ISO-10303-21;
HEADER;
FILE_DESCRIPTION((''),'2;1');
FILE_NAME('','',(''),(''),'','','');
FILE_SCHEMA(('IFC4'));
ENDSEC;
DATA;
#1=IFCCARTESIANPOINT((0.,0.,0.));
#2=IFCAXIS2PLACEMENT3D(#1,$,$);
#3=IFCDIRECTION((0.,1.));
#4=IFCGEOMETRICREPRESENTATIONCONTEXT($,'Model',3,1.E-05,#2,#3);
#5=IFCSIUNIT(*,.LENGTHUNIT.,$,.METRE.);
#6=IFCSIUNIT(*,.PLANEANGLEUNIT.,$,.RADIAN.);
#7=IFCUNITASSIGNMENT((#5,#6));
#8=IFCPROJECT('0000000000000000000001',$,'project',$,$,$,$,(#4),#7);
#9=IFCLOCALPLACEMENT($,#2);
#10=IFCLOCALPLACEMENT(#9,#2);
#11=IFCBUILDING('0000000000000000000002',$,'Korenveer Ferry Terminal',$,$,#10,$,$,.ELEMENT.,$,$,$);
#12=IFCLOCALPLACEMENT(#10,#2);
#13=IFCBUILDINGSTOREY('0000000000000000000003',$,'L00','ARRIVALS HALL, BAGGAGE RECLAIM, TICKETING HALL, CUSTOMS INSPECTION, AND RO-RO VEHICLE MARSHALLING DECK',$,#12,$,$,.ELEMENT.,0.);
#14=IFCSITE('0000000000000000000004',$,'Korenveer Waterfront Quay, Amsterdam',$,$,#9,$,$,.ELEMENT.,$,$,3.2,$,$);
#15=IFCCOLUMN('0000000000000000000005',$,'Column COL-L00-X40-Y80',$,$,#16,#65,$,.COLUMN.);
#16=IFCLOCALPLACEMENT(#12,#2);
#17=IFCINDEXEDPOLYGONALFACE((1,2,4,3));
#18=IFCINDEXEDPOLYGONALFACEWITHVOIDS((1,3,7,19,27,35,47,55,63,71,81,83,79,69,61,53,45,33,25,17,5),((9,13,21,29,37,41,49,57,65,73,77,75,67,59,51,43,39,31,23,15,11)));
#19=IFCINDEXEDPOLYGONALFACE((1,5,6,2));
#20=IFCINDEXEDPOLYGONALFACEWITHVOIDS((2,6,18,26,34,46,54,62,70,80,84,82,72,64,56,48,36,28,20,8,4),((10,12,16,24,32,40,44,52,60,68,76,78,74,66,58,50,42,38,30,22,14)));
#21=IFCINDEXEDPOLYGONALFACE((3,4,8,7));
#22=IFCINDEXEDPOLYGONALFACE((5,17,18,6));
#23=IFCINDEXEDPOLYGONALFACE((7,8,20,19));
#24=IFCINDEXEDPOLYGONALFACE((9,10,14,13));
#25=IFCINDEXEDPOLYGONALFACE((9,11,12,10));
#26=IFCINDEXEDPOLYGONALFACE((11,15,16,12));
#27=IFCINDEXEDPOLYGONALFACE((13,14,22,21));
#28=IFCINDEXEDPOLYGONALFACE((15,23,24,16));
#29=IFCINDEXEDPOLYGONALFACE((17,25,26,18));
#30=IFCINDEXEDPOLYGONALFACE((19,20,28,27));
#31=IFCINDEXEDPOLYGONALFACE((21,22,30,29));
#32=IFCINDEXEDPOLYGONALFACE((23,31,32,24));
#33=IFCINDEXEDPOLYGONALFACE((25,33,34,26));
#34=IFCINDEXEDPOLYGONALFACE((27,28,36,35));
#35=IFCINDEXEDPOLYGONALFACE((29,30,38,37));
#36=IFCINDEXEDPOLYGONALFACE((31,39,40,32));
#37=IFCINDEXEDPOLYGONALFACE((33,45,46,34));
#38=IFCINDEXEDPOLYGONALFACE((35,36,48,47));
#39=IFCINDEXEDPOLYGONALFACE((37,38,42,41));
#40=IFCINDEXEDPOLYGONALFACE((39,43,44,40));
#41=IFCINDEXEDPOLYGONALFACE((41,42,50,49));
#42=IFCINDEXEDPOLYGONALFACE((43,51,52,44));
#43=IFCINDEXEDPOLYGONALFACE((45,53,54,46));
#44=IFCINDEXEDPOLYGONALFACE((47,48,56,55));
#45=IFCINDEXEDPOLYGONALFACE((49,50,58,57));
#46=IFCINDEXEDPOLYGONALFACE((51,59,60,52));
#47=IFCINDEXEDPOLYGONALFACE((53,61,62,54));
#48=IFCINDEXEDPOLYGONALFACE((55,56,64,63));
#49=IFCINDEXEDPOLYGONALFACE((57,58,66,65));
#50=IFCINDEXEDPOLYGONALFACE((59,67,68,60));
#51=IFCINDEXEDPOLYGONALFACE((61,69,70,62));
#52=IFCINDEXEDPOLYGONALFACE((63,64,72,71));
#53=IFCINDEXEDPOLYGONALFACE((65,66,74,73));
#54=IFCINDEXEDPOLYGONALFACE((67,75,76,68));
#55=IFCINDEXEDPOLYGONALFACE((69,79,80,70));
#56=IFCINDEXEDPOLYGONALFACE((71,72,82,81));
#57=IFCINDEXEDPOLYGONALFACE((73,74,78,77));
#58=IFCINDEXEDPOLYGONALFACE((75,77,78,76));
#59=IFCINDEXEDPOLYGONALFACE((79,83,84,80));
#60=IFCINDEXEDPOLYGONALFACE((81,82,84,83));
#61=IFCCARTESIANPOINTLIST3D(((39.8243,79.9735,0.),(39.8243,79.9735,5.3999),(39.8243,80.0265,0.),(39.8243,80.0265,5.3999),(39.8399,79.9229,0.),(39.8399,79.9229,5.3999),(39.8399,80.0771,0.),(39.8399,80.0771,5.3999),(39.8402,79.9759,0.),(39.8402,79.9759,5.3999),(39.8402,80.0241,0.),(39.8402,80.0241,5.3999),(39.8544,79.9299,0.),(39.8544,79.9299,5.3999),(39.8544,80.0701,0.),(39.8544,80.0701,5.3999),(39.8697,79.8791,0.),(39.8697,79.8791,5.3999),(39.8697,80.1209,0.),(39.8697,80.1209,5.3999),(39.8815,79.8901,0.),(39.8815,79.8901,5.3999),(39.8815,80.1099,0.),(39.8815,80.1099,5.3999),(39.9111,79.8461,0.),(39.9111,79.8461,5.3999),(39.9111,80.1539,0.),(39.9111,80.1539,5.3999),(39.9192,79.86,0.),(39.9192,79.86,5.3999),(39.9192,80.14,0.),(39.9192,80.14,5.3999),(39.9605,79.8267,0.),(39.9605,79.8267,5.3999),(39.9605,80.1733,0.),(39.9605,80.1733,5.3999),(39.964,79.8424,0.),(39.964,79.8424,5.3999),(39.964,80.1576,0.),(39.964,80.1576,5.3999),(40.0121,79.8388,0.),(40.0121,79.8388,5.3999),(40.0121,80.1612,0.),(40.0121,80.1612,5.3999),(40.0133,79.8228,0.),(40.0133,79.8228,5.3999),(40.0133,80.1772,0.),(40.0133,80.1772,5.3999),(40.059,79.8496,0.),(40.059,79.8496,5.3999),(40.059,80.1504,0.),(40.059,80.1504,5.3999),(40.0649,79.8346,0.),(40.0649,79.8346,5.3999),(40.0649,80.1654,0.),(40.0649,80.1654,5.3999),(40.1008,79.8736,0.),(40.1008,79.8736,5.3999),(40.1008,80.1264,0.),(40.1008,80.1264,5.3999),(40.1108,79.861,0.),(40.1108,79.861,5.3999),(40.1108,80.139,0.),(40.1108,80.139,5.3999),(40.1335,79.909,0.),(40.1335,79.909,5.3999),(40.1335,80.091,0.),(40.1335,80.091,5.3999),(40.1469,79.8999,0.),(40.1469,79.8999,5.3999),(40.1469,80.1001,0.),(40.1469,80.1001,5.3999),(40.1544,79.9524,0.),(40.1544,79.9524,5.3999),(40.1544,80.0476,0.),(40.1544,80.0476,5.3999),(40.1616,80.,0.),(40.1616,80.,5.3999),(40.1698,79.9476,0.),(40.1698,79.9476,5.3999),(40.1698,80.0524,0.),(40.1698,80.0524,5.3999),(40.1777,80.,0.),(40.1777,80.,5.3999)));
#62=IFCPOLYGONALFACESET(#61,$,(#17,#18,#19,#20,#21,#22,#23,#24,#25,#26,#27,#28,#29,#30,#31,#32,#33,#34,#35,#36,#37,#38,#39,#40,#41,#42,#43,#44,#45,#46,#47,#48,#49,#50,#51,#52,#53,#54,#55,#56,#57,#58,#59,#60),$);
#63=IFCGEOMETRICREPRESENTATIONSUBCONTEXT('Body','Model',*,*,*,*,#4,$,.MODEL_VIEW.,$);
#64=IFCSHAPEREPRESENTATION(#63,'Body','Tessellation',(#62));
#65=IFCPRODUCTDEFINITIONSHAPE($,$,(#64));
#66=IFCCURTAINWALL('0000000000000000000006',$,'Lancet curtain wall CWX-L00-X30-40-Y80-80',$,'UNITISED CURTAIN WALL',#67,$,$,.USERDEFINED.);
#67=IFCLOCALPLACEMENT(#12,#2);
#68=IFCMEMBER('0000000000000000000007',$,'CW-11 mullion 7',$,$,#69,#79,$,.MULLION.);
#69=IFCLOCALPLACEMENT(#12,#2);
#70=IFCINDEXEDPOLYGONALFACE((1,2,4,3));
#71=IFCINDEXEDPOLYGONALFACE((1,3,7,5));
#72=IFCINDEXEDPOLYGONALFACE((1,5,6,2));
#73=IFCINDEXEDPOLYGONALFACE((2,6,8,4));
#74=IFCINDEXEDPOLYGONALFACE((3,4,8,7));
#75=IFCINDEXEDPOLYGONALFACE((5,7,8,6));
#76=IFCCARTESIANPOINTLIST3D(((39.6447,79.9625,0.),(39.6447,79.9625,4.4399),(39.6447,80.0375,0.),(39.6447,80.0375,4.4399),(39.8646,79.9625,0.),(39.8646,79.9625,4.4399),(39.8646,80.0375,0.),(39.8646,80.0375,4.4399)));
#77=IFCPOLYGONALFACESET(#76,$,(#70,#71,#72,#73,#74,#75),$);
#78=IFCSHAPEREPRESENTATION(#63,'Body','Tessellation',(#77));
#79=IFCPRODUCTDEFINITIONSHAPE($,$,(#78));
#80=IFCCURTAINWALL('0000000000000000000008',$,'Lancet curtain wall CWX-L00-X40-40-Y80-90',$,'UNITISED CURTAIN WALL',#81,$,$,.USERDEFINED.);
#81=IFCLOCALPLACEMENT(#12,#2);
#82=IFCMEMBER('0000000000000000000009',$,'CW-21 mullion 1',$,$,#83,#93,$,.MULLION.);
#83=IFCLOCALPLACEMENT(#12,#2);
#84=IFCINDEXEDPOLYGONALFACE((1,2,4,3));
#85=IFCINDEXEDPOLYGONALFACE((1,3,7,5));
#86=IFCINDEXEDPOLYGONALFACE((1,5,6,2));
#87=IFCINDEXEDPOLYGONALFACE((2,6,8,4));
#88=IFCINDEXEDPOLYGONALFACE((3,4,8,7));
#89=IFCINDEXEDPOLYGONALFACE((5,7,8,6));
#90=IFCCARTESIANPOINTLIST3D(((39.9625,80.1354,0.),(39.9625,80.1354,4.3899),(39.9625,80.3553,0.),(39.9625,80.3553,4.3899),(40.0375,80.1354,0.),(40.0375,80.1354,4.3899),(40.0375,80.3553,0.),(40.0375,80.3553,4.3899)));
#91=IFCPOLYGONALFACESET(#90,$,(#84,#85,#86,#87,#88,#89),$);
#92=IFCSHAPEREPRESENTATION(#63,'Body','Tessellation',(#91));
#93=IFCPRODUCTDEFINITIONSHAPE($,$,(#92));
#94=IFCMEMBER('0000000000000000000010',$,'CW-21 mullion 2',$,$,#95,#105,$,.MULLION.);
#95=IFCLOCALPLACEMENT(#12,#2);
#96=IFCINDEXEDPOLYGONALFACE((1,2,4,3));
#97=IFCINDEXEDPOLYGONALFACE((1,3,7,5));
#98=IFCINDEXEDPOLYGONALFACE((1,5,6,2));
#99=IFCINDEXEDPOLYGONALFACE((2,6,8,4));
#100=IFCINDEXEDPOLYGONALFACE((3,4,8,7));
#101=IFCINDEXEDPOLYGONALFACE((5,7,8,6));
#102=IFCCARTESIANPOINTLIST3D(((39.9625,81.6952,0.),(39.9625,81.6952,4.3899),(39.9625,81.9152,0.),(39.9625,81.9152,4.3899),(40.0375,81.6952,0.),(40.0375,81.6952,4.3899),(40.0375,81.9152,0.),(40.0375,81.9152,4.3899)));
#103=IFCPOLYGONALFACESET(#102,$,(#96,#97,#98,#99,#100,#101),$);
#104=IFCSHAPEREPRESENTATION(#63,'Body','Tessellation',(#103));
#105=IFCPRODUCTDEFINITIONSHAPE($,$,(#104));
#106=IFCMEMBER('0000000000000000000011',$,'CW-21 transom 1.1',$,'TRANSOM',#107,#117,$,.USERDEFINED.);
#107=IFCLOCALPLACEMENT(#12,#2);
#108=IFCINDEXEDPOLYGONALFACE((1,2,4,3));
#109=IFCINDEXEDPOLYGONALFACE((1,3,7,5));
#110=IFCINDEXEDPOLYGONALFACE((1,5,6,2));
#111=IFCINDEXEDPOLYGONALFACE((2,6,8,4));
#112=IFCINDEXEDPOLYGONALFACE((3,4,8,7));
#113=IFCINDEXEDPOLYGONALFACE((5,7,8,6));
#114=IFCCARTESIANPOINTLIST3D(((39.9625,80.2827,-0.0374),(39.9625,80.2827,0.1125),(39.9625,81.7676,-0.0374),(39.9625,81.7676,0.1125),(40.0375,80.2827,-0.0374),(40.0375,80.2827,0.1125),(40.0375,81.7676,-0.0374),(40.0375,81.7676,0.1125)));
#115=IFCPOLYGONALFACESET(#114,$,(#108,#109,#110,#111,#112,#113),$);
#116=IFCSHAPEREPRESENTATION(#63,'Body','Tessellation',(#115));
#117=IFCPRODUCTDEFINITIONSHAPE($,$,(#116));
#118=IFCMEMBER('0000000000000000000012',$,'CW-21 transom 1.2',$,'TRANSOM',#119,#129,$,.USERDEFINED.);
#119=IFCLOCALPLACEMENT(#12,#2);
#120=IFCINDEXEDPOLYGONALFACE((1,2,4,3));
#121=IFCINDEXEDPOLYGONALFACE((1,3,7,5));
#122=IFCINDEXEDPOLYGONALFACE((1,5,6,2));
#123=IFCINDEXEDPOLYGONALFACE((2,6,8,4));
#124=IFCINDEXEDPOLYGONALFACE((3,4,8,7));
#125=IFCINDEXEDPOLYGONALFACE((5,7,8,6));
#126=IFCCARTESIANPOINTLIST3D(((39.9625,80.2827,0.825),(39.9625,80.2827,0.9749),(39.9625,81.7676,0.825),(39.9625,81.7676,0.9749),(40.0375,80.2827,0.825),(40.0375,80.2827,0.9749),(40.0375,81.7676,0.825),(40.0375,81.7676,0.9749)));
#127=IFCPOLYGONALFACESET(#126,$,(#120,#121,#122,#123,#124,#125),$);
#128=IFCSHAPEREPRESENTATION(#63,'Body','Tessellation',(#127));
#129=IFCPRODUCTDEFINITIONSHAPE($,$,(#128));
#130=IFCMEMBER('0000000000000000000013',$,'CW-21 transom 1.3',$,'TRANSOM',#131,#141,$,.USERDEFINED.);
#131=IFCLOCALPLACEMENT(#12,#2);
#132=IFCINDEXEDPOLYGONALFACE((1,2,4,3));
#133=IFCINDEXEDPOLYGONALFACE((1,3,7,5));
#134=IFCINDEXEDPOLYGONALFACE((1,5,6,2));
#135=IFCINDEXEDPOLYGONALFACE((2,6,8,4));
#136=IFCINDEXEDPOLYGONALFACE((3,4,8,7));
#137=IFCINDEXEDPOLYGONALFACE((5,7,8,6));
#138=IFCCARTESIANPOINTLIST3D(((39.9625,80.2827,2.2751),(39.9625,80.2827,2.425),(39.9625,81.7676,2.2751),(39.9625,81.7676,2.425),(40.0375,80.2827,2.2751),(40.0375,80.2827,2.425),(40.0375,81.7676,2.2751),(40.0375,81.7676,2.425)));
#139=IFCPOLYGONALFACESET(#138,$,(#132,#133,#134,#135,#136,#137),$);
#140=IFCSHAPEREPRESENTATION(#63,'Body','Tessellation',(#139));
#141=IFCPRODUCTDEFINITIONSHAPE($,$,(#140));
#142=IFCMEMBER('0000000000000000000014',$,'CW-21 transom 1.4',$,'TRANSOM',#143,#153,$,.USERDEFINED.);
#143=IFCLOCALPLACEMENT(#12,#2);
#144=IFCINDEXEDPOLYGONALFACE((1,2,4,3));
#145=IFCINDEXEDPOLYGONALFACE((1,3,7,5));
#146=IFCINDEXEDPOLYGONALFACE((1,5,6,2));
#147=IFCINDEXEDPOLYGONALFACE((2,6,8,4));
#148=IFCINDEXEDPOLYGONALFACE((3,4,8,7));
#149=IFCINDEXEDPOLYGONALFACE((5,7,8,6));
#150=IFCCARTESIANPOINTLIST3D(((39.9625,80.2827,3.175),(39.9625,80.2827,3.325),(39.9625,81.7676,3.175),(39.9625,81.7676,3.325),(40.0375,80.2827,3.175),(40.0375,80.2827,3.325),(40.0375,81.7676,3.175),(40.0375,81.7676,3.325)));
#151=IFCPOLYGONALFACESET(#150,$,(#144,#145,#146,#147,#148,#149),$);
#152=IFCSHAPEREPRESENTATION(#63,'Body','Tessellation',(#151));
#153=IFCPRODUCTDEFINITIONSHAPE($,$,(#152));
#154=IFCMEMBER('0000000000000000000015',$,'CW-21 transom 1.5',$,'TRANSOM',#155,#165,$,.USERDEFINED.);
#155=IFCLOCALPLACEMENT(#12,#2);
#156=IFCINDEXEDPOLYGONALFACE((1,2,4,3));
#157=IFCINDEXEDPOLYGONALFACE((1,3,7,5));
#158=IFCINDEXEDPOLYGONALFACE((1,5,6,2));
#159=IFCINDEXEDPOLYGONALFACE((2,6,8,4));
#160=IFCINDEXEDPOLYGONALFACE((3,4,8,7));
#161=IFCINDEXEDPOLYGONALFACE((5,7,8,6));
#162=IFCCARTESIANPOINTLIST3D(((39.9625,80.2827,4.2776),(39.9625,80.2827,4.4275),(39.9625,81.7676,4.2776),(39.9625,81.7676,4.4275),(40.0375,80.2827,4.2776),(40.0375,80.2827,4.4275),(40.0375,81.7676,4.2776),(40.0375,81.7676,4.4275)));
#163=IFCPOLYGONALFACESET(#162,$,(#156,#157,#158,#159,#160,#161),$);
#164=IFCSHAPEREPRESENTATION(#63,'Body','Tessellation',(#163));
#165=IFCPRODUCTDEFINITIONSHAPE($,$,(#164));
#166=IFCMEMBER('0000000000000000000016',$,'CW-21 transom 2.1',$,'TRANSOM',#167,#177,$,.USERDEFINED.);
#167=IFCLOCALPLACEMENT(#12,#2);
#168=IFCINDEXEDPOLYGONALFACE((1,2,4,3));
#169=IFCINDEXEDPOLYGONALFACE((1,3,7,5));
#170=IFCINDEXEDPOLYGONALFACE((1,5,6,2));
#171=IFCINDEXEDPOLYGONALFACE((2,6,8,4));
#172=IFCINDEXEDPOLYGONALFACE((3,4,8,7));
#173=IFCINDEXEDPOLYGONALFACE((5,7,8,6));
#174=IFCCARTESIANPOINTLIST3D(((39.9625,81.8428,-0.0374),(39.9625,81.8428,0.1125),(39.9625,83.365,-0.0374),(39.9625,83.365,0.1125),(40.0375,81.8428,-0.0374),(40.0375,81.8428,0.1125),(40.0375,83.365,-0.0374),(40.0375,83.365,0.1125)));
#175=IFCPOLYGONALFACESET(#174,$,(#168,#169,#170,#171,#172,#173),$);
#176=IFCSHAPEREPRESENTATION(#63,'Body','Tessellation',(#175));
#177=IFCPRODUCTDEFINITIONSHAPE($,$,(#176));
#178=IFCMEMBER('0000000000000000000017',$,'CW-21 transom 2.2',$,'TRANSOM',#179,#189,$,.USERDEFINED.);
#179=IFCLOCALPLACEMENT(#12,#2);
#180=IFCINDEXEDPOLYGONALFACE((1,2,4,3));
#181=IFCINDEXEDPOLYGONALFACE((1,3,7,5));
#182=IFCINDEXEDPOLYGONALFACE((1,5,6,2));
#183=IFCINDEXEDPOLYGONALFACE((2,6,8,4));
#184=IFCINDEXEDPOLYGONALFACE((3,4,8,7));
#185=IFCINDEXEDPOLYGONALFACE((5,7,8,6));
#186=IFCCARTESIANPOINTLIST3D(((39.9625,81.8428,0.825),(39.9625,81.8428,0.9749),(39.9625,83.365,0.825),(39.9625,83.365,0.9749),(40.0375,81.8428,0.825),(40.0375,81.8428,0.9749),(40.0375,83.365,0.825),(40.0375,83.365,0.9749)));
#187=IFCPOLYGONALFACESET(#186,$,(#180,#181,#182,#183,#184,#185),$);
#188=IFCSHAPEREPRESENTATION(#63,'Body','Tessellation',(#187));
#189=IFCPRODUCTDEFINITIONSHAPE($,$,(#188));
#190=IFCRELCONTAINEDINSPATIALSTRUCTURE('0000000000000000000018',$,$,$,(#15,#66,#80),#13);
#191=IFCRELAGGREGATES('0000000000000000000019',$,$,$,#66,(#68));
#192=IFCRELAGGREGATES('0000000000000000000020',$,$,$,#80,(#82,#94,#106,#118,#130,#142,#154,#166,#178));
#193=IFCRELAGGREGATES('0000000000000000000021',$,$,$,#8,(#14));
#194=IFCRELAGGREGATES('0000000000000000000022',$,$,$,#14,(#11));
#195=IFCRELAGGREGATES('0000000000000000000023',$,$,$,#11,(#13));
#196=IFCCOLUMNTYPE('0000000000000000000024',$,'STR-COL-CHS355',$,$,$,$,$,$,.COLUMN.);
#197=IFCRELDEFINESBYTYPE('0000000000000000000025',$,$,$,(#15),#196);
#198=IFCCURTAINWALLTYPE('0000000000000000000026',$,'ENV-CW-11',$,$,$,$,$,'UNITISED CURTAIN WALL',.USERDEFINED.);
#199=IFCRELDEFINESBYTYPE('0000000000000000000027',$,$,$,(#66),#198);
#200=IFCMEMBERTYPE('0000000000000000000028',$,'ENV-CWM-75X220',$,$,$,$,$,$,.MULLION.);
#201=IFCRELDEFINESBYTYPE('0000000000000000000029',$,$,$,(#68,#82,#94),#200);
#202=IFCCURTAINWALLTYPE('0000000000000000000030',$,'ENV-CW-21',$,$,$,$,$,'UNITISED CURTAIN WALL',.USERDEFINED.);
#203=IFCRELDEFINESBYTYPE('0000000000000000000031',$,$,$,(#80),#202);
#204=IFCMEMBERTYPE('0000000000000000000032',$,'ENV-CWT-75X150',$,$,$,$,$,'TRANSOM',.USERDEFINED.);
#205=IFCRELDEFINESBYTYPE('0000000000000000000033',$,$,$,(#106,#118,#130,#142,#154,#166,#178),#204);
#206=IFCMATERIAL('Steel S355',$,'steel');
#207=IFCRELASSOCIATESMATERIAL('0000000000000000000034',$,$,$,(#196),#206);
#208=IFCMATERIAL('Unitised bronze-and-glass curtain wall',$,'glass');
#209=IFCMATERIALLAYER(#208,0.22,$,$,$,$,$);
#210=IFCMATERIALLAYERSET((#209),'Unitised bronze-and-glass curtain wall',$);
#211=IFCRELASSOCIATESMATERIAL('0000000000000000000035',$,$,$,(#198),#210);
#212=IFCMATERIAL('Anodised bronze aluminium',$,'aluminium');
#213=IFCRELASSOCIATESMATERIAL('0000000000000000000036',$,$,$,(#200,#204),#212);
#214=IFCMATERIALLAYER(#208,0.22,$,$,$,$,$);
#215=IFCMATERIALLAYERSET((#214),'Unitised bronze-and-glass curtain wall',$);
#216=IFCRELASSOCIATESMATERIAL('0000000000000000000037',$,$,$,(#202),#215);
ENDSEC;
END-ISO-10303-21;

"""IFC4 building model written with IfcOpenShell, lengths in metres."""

from ifc_helpers import new_model, si_unit, direction, frame, origin, origin_2d, place, context, subcontext, project, spatial, rectangle, hollow_circle, extrude, material, layer, layer_set, material_profile, profile_set, type_object, element, aggregate, save


model = new_model("IFC4")

# Units and contexts
model_context = context("Model", 3, precision=1e-05, world=origin(), true_north=direction((0.0, 1.0)))
body_context = subcontext(model_context, "Body", "Model", "MODEL_VIEW")
ifc_project = project(units=[si_unit("LENGTHUNIT", "METRE"), si_unit("PLANEANGLEUNIT", "RADIAN")], contexts=[model_context])

# Site, building, storey
site_placement = place(None, origin())
site = spatial("IfcSite", under=ifc_project, at=site_placement, Name="Korenveer Waterfront Quay, Amsterdam", CompositionType="ELEMENT", RefElevation=3.2)
building_placement = place(site_placement, origin())
building = spatial("IfcBuilding", under=site, at=building_placement, Name="Korenveer Ferry Terminal", CompositionType="ELEMENT")
storey_placement = place(building_placement, origin())
storey = spatial("IfcBuildingStorey", under=building, at=storey_placement, Name="L00", Description="ARRIVALS HALL, BAGGAGE RECLAIM, TICKETING HALL, CUSTOMS INSPECTION, AND RO-RO VEHICLE MARSHALLING DECK", CompositionType="ELEMENT", Elevation=0.0)

# Column
ifc_material_1 = material(Name="Steel S355", Category="steel")
ifc_material_profile_1 = material_profile(ifc_material_1, hollow_circle(Radius=0.1777, WallThickness=0.0161, at=origin_2d()), Name="CHS 355.6x16")
ifc_profile_set_1 = profile_set([ifc_material_profile_1], Name="Steel S355")
column_type = type_object("IfcColumnType", Name="STR-COL-CHS355", PredefinedType="COLUMN", material=ifc_profile_set_1)
column_placement = place(storey_placement, frame((40.0, 80.0, 0.0), z_axis=(0.0, 0.0, 1.0), x_axis=(1.0, 0.0, 0.0)))
element("IfcColumn", 1, at=column_placement, inside=storey, type_object=column_type, Name="Column COL-L00-X40-Y80", PredefinedType="COLUMN", context=body_context, shape_type="SweptSolid", body=[
    extrude(hollow_circle(Radius=0.1777, WallThickness=0.0161, at=origin_2d()), origin(), (0.0, 0.0, 1.0), 5.3999),
])

# Curtain wall, member
ifc_material_2 = material(Name="Unitised bronze-and-glass curtain wall", Category="glass")
ifc_layer_1 = layer(ifc_material_2, 0.22)
ifc_layer_set_1 = layer_set([ifc_layer_1], Name="Unitised bronze-and-glass curtain wall")
curtain_wall_type_1 = type_object("IfcCurtainWallType", Name="ENV-CW-11", ElementType="UNITISED CURTAIN WALL", PredefinedType="USERDEFINED", material=ifc_layer_set_1)
curtain_wall_1_placement = place(storey_placement, frame((30.3301, 80.0, 0.0)))
curtain_wall_1 = element("IfcCurtainWall", 2, at=curtain_wall_1_placement, inside=storey, type_object=curtain_wall_type_1, Name="Lancet curtain wall CWX-L00-X30-40-Y80-80", ObjectType="UNITISED CURTAIN WALL", PredefinedType="USERDEFINED")
ifc_material_3 = material(Name="Anodised bronze aluminium", Category="aluminium")
ifc_material_profile_2 = material_profile(ifc_material_3, rectangle(XDim=0.075, YDim=0.22, at=origin_2d()), Name="ALU 75x220")
ifc_profile_set_2 = profile_set([ifc_material_profile_2], Name="Anodised bronze aluminium")
member_type_1 = type_object("IfcMemberType", Name="ENV-CWM-75X220", PredefinedType="MULLION", material=ifc_profile_set_2)
member_1_placement = place(storey_placement, frame((39.7546, 80.0, 0.0), z_axis=(0.0, 0.0, 1.0), x_axis=(0.0, 1.0, 0.0)))
member_1 = element("IfcMember", 3, at=member_1_placement, type_object=member_type_1, Name="CW-11 mullion 7", PredefinedType="MULLION", context=body_context, shape_type="SweptSolid", body=[
    extrude(rectangle(XDim=0.075, YDim=0.22, at=origin_2d()), origin(), (0.0, 0.0, 1.0), 4.4399),
])

# Curtain wall, members
ifc_layer_2 = layer(ifc_material_2, 0.22)
ifc_layer_set_2 = layer_set([ifc_layer_2], Name="Unitised bronze-and-glass curtain wall")
curtain_wall_type_2 = type_object("IfcCurtainWallType", Name="ENV-CW-21", ElementType="UNITISED CURTAIN WALL", PredefinedType="USERDEFINED", material=ifc_layer_set_2)
curtain_wall_2_placement = place(storey_placement, frame((40.0, 80.2078, 0.0)))
curtain_wall_2 = element("IfcCurtainWall", 4, at=curtain_wall_2_placement, inside=storey, type_object=curtain_wall_type_2, Name="Lancet curtain wall CWX-L00-X40-40-Y80-90", ObjectType="UNITISED CURTAIN WALL", PredefinedType="USERDEFINED")
member_2_placement = place(storey_placement, frame((40.0, 80.2454, 0.0), z_axis=(0.0, 0.0, 1.0), x_axis=(-1.0, 0.0, 0.0)))
member_2 = element("IfcMember", 5, at=member_2_placement, type_object=member_type_1, Name="CW-21 mullion 1", PredefinedType="MULLION", context=body_context, shape_type="SweptSolid", body=[
    extrude(rectangle(XDim=0.075, YDim=0.22, at=origin_2d()), origin(), (0.0, 0.0, 1.0), 4.3899),
])
member_3_placement = place(storey_placement, frame((40.0, 81.8052, 0.0), z_axis=(0.0, 0.0, 1.0), x_axis=(-1.0, 0.0, 0.0)))
member_3 = element("IfcMember", 6, at=member_3_placement, type_object=member_type_1, Name="CW-21 mullion 2", PredefinedType="MULLION", context=body_context, shape_type="SweptSolid", body=[
    extrude(rectangle(XDim=0.075, YDim=0.22, at=origin_2d()), origin(), (0.0, 0.0, 1.0), 4.3899),
])
ifc_material_profile_3 = material_profile(ifc_material_3, rectangle(XDim=0.075, YDim=0.1499, at=origin_2d()), Name="ALU 75x150")
ifc_profile_set_3 = profile_set([ifc_material_profile_3], Name="Anodised bronze aluminium")
member_type_2 = type_object("IfcMemberType", Name="ENV-CWT-75X150", ElementType="TRANSOM", PredefinedType="USERDEFINED", material=ifc_profile_set_3)
member_4_placement = place(storey_placement, frame((40.0, 80.2827, 0.0376), z_axis=(0.0, 1.0, 0.0), x_axis=(-1.0, 0.0, 0.0)))
member_4 = element("IfcMember", 7, at=member_4_placement, type_object=member_type_2, Name="CW-21 transom 1.1", ObjectType="TRANSOM", PredefinedType="USERDEFINED", context=body_context, shape_type="SweptSolid", body=[
    extrude(rectangle(XDim=0.075, YDim=0.1499, at=origin_2d()), origin(), (0.0, 0.0, 1.0), 1.4849),
])
member_5_placement = place(storey_placement, frame((40.0, 80.2827, 0.8999), z_axis=(0.0, 1.0, 0.0), x_axis=(-1.0, 0.0, 0.0)))
member_5 = element("IfcMember", 8, at=member_5_placement, type_object=member_type_2, Name="CW-21 transom 1.2", ObjectType="TRANSOM", PredefinedType="USERDEFINED", context=body_context, shape_type="SweptSolid", body=[
    extrude(rectangle(XDim=0.075, YDim=0.1499, at=origin_2d()), origin(), (0.0, 0.0, 1.0), 1.4849),
])
member_6_placement = place(storey_placement, frame((40.0, 80.2827, 2.3501), z_axis=(0.0, 1.0, 0.0), x_axis=(-1.0, 0.0, 0.0)))
member_6 = element("IfcMember", 9, at=member_6_placement, type_object=member_type_2, Name="CW-21 transom 1.3", ObjectType="TRANSOM", PredefinedType="USERDEFINED", context=body_context, shape_type="SweptSolid", body=[
    extrude(rectangle(XDim=0.075, YDim=0.1499, at=origin_2d()), origin(), (0.0, 0.0, 1.0), 1.4849),
])
member_7_placement = place(storey_placement, frame((40.0, 80.2827, 3.25), z_axis=(0.0, 1.0, 0.0), x_axis=(-1.0, 0.0, 0.0)))
member_7 = element("IfcMember", 10, at=member_7_placement, type_object=member_type_2, Name="CW-21 transom 1.4", ObjectType="TRANSOM", PredefinedType="USERDEFINED", context=body_context, shape_type="SweptSolid", body=[
    extrude(rectangle(XDim=0.075, YDim=0.1499, at=origin_2d()), origin(), (0.0, 0.0, 1.0), 1.4849),
])
member_8_placement = place(storey_placement, frame((40.0, 80.2827, 4.3525), z_axis=(0.0, 1.0, 0.0), x_axis=(-1.0, 0.0, 0.0)))
member_8 = element("IfcMember", 11, at=member_8_placement, type_object=member_type_2, Name="CW-21 transom 1.5", ObjectType="TRANSOM", PredefinedType="USERDEFINED", context=body_context, shape_type="SweptSolid", body=[
    extrude(rectangle(XDim=0.075, YDim=0.1499, at=origin_2d()), origin(), (0.0, 0.0, 1.0), 1.4849),
])
member_9_placement = place(storey_placement, frame((40.0, 81.8428, 0.0376), z_axis=(0.0, 1.0, 0.0), x_axis=(-1.0, 0.0, 0.0)))
member_9 = element("IfcMember", 12, at=member_9_placement, type_object=member_type_2, Name="CW-21 transom 2.1", ObjectType="TRANSOM", PredefinedType="USERDEFINED", context=body_context, shape_type="SweptSolid", body=[
    extrude(rectangle(XDim=0.075, YDim=0.1499, at=origin_2d()), origin(), (0.0, 0.0, 1.0), 1.5222),
])
member_10_placement = place(storey_placement, frame((40.0, 81.8428, 0.8999), z_axis=(0.0, 1.0, 0.0), x_axis=(-1.0, 0.0, 0.0)))
member_10 = element("IfcMember", 13, at=member_10_placement, type_object=member_type_2, Name="CW-21 transom 2.2", ObjectType="TRANSOM", PredefinedType="USERDEFINED", context=body_context, shape_type="SweptSolid", body=[
    extrude(rectangle(XDim=0.075, YDim=0.1499, at=origin_2d()), origin(), (0.0, 0.0, 1.0), 1.5222),
])

aggregate(curtain_wall_1, [member_1])
aggregate(curtain_wall_2, [member_2, member_3, member_4, member_5, member_6, member_7, member_8, member_9, member_10])

save(model, "model.ifc")
